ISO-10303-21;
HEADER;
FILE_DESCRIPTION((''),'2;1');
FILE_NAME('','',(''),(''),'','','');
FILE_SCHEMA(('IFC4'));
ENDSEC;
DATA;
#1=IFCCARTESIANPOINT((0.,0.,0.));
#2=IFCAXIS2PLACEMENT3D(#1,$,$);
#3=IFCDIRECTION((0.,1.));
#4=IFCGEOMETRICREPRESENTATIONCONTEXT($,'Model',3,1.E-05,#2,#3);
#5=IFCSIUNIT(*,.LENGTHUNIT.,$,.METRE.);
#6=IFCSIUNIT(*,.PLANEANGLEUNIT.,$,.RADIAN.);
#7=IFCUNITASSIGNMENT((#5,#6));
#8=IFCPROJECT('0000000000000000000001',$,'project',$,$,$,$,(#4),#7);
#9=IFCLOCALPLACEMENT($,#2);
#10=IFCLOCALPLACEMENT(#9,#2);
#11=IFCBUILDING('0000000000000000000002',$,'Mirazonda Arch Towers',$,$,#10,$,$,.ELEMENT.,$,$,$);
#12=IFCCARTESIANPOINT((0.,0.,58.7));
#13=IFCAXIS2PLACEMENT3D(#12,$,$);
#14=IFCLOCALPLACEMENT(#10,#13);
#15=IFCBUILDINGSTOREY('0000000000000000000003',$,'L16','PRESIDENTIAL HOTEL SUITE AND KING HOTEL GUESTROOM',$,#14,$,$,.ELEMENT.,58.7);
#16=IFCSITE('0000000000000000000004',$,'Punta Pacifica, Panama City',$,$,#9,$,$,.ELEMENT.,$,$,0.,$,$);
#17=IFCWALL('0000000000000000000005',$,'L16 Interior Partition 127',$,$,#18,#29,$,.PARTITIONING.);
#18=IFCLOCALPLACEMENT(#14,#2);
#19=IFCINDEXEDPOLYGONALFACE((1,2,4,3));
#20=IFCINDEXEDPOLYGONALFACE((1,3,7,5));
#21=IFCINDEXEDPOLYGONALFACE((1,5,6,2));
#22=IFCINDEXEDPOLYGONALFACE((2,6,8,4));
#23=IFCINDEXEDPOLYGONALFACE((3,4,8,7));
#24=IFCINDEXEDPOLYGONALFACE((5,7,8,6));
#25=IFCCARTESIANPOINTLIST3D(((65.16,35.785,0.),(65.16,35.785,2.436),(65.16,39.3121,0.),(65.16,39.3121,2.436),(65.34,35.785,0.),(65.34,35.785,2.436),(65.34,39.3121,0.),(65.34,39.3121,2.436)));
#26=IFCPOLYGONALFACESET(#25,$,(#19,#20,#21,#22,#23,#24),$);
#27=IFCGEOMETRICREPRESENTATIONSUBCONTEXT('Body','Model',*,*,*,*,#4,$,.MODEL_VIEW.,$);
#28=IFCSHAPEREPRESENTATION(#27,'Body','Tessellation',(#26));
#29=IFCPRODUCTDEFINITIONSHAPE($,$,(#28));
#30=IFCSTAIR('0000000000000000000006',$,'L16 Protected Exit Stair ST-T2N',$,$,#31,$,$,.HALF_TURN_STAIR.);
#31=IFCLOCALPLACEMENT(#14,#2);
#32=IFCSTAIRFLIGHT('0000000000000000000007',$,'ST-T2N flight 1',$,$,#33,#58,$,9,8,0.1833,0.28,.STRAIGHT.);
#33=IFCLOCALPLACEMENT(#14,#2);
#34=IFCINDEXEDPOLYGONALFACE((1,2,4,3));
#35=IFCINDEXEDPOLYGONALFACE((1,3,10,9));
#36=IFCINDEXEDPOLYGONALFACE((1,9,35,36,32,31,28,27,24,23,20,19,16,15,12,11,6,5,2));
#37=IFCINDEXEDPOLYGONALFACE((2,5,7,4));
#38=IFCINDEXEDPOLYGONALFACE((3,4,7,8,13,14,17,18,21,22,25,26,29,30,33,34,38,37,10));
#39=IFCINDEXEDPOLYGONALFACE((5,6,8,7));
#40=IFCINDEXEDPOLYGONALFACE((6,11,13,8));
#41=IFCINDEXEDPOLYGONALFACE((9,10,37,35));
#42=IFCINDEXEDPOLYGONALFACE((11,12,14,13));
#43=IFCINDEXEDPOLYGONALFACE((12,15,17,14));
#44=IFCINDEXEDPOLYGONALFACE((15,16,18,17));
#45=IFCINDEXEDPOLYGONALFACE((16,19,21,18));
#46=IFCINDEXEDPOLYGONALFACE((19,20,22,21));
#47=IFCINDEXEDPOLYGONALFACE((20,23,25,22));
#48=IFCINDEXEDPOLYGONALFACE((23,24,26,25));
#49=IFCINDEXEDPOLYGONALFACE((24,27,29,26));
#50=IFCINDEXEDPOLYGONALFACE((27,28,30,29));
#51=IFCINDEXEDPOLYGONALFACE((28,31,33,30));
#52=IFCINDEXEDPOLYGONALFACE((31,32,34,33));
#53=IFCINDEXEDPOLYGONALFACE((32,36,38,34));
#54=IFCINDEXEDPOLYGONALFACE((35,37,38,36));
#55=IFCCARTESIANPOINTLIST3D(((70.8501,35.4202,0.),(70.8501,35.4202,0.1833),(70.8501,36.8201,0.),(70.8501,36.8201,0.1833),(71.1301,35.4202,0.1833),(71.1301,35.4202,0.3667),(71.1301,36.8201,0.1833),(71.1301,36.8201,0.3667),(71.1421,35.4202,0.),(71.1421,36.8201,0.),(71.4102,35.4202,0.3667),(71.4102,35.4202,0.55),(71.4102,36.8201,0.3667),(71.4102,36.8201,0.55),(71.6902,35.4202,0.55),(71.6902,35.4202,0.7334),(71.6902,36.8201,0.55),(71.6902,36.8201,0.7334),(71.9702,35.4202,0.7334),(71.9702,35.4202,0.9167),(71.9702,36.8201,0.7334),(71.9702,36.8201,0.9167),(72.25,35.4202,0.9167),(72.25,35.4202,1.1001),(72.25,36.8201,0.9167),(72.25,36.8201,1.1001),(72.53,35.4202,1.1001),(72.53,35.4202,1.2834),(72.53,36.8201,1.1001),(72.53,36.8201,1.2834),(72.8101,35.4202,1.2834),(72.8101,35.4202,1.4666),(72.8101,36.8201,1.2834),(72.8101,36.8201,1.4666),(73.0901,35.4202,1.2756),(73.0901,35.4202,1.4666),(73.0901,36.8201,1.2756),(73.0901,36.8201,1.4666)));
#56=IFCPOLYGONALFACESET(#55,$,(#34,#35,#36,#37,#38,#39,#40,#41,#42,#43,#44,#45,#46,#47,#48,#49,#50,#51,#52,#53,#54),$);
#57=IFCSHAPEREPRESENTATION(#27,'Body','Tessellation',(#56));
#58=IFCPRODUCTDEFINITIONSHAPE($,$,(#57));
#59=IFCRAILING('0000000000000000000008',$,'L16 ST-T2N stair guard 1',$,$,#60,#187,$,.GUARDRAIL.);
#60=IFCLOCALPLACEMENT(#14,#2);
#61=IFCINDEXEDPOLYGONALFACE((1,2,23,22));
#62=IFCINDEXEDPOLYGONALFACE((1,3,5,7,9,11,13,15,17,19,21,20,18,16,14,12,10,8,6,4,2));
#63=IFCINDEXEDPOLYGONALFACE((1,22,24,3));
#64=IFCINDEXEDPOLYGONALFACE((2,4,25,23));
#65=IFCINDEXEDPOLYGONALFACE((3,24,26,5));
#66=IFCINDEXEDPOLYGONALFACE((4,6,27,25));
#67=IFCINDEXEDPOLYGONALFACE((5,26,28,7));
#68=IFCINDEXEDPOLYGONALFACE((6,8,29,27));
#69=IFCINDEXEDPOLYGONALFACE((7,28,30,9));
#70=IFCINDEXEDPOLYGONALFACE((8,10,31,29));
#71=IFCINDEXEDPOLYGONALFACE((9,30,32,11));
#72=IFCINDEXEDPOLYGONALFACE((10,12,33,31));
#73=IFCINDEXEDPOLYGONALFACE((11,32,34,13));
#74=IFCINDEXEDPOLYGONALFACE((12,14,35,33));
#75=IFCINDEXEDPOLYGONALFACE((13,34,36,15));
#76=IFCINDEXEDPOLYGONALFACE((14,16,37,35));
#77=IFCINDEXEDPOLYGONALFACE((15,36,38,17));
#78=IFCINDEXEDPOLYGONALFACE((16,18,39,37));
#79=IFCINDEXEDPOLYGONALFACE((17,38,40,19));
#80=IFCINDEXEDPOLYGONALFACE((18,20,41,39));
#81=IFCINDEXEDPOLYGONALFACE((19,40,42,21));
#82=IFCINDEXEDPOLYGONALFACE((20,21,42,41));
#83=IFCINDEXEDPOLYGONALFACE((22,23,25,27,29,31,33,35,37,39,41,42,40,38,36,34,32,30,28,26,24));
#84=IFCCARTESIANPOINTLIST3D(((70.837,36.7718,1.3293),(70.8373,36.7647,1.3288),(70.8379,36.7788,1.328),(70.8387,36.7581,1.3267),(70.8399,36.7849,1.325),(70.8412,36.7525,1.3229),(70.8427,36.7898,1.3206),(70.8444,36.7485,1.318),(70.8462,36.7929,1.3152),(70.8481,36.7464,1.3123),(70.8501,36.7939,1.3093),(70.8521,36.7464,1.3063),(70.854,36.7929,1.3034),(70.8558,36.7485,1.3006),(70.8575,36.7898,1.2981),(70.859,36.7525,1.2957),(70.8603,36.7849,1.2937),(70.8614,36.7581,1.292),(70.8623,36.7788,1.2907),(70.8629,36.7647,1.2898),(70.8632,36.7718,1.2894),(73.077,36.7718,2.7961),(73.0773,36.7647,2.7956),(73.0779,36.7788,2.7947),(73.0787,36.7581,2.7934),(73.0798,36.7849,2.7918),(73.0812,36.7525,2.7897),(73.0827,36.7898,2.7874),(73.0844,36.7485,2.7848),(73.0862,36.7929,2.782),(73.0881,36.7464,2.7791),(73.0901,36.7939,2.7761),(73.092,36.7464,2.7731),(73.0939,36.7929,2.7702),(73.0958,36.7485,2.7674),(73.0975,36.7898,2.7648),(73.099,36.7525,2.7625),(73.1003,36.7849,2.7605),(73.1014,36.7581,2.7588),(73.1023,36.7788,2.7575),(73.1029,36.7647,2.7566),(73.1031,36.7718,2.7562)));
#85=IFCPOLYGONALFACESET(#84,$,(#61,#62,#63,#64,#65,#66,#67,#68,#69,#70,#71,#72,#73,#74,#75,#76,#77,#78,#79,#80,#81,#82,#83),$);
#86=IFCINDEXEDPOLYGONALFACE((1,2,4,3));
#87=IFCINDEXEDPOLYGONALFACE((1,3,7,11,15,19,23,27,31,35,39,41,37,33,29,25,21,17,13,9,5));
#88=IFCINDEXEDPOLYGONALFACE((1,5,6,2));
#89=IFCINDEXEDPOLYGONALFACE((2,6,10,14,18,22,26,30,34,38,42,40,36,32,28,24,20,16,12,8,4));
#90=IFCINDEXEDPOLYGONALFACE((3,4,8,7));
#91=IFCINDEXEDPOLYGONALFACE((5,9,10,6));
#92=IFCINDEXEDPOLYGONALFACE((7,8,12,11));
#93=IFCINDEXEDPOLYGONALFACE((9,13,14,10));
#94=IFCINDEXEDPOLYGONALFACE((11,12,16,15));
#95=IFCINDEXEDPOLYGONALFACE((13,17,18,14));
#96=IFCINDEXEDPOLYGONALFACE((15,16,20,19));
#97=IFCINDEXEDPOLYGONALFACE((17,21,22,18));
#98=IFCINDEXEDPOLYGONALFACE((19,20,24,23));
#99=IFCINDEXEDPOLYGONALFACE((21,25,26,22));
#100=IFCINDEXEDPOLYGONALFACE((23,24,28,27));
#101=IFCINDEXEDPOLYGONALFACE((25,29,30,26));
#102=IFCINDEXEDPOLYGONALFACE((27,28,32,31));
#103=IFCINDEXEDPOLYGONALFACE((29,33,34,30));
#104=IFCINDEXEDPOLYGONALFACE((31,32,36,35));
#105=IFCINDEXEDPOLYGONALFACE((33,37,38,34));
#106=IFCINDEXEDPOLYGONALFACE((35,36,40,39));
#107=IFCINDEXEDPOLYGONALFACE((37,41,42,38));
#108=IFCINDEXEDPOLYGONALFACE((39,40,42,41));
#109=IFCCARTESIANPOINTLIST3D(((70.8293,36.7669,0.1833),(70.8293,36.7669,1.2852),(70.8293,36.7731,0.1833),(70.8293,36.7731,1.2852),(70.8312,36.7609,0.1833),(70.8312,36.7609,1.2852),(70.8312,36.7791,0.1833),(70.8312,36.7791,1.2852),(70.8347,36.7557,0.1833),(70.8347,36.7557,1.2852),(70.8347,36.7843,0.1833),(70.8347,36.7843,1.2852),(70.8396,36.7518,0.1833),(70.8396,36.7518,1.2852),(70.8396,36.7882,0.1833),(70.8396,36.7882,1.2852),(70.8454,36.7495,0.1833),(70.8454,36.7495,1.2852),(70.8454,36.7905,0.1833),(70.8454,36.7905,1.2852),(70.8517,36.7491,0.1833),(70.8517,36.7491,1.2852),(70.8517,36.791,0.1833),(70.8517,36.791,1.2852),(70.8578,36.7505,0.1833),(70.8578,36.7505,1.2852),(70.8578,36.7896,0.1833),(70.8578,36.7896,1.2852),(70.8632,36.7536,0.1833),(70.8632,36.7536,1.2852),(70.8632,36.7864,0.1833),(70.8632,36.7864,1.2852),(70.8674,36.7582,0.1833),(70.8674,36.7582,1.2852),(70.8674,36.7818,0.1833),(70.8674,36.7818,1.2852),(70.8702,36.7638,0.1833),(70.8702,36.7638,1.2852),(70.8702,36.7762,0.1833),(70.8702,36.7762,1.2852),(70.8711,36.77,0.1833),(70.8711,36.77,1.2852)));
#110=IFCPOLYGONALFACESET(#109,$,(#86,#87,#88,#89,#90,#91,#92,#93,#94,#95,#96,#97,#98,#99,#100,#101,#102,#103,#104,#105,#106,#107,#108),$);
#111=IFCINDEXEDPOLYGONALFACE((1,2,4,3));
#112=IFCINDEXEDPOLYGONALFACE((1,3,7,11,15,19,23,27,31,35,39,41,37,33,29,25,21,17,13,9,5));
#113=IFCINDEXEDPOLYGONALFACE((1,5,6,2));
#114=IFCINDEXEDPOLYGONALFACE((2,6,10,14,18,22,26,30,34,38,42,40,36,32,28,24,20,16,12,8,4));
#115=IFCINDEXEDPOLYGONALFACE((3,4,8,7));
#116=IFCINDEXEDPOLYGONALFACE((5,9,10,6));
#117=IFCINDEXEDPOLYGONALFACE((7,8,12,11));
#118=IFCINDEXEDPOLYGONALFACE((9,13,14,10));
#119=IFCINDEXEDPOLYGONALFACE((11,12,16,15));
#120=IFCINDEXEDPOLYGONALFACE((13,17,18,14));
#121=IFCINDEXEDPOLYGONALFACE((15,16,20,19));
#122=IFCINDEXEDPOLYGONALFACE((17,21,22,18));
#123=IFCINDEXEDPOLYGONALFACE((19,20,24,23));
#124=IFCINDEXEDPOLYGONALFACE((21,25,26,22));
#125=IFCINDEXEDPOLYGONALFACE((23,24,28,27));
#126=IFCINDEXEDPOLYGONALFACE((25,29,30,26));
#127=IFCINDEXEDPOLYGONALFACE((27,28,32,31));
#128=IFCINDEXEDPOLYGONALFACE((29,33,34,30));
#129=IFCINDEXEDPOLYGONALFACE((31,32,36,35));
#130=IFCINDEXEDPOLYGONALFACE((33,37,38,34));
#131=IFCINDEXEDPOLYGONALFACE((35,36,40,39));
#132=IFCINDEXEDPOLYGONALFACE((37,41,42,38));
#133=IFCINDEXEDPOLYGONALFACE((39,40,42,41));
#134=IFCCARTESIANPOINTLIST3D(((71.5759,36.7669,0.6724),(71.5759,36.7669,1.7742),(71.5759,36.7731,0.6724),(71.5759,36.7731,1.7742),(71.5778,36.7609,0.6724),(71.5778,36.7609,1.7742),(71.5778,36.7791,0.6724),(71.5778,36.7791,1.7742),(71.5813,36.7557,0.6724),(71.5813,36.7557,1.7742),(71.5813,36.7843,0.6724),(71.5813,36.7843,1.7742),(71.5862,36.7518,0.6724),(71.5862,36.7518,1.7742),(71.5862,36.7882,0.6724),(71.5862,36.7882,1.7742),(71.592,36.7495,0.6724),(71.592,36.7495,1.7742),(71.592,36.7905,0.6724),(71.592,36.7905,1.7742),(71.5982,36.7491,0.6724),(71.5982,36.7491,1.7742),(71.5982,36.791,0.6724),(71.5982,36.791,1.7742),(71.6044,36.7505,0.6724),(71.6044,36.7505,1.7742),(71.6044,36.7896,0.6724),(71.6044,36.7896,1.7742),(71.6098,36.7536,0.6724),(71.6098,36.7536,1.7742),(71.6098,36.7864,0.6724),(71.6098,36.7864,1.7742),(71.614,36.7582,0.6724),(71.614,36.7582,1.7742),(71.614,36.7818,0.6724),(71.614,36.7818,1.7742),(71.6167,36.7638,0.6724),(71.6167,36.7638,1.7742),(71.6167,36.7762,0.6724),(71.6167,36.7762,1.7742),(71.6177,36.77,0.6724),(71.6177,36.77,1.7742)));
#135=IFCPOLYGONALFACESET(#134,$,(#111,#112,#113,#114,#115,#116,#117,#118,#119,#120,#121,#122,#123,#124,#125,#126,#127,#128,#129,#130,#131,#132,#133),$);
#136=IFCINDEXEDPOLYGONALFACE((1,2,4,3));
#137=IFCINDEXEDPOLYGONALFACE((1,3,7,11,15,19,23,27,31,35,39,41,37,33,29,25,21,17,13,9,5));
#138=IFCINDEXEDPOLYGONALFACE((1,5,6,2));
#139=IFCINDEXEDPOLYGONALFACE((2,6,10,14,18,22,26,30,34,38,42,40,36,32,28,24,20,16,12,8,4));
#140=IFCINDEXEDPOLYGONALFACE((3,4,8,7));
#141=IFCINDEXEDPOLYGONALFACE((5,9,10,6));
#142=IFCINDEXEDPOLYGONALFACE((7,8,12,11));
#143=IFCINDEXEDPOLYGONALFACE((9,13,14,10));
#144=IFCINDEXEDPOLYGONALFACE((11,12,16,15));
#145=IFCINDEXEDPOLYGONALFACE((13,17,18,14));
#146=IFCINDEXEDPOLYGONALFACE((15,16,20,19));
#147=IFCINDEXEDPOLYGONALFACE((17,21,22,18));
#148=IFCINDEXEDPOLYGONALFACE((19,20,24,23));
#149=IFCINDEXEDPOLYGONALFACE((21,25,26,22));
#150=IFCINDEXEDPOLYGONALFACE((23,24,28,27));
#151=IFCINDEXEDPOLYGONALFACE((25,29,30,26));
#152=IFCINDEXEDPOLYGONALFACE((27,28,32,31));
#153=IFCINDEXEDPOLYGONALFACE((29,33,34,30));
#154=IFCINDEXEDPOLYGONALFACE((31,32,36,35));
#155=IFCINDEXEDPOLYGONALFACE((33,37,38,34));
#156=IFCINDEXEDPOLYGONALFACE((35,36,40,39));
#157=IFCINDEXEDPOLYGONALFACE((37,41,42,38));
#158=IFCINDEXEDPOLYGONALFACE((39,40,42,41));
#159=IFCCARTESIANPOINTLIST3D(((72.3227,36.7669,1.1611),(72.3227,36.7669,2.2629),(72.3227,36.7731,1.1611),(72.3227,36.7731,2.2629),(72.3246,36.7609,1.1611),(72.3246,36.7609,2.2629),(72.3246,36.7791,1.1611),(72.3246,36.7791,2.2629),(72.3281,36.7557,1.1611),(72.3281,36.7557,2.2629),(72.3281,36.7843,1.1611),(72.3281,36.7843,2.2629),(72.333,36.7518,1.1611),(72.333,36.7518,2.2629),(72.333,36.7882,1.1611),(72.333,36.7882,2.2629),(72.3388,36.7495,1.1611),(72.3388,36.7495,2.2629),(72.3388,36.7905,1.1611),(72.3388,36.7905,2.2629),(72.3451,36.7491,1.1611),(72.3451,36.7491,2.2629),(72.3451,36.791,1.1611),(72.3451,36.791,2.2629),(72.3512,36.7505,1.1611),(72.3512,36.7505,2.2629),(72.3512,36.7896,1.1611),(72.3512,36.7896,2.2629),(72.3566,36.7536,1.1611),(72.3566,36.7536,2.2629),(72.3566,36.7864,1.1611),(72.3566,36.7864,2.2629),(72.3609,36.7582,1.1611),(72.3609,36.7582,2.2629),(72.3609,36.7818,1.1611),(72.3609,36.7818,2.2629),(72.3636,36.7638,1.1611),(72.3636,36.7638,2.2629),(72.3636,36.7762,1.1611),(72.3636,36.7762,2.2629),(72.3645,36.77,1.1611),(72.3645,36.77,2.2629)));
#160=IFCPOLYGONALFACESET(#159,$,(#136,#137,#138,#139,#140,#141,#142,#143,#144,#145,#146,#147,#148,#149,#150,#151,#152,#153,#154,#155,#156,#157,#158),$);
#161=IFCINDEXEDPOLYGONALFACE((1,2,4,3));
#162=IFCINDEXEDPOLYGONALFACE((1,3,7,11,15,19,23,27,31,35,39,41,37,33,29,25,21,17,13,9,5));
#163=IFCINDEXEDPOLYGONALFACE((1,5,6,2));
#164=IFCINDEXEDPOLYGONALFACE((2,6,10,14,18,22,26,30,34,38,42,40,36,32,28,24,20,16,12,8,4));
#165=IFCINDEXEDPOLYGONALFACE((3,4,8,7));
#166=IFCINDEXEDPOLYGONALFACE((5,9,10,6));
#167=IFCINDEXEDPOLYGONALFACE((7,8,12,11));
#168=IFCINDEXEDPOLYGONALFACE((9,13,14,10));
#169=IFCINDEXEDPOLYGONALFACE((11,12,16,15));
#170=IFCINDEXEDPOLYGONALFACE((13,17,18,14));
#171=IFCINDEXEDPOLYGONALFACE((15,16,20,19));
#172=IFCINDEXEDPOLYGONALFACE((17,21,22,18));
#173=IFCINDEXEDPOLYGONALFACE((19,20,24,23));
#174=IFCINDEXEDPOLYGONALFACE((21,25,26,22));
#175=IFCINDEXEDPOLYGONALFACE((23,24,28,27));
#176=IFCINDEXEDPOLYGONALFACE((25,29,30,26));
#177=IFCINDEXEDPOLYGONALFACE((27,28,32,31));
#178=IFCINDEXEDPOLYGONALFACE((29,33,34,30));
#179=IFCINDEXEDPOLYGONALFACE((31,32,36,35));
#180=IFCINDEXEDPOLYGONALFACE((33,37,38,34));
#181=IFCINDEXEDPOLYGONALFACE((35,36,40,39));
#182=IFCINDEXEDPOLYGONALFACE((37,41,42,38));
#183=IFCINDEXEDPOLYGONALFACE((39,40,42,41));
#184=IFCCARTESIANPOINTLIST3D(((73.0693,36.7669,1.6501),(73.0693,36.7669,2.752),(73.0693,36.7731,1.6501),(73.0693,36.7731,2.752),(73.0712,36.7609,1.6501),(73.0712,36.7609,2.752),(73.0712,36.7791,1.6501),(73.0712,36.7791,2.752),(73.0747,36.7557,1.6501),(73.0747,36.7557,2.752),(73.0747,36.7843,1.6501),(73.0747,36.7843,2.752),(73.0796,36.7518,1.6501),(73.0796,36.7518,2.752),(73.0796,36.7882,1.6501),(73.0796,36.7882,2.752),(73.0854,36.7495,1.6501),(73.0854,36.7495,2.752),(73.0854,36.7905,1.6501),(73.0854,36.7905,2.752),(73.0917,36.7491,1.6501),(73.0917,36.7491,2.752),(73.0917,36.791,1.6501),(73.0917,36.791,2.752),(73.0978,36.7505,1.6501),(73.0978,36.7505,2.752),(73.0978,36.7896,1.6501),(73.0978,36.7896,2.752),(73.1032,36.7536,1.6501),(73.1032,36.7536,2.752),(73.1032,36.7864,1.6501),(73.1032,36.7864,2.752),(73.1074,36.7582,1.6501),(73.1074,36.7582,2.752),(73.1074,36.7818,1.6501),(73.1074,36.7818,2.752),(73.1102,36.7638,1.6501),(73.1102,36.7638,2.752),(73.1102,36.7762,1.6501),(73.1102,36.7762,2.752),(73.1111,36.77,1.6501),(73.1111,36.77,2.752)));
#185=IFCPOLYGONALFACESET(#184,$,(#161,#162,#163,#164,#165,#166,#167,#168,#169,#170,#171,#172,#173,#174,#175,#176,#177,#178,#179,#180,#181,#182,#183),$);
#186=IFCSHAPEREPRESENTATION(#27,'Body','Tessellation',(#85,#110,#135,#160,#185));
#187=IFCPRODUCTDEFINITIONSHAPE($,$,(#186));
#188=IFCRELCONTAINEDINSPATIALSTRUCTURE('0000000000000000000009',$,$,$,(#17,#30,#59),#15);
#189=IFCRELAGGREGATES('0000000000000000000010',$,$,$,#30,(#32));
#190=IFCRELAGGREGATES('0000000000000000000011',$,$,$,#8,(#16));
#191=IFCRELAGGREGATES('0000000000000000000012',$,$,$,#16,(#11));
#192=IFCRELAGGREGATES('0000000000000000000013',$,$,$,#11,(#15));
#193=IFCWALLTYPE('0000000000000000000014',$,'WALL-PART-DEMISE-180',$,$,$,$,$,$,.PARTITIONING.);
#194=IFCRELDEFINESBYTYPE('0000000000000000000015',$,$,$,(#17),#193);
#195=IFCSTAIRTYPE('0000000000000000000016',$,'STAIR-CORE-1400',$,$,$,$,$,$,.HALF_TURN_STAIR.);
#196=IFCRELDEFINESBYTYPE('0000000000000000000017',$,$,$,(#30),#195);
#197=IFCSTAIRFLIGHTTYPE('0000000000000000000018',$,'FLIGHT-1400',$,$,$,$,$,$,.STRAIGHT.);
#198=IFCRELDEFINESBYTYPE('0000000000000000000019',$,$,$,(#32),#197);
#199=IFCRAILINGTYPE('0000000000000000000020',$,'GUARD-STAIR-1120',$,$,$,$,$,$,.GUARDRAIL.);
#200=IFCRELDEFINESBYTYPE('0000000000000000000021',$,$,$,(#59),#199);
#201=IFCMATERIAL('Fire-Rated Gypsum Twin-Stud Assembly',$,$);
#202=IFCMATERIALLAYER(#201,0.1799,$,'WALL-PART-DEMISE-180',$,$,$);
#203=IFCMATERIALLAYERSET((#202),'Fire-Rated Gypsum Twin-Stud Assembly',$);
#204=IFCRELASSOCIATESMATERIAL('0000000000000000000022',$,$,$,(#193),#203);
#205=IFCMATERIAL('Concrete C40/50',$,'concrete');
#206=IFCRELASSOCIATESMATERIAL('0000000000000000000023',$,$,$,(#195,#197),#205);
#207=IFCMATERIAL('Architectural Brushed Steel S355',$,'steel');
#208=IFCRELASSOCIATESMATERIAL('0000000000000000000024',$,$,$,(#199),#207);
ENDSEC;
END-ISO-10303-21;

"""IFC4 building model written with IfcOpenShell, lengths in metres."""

from ifc_helpers import new_model, si_unit, direction, frame, frame_2d, origin, origin_2d, place, context, subcontext, project, spatial, polyline, rectangle, circle, outline, extrude, material, layer, layer_set, type_object, element, aggregate, save


model = new_model("IFC4")

# Units and contexts
model_context = context("Model", 3, precision=1e-05, world=origin(), true_north=direction((0.0, 1.0)))
body_context = subcontext(model_context, "Body", "Model", "MODEL_VIEW")
ifc_project = project(units=[si_unit("LENGTHUNIT", "METRE"), si_unit("PLANEANGLEUNIT", "RADIAN")], contexts=[model_context])

# Site, building, storey
site_placement = place(None, origin())
site = spatial("IfcSite", under=ifc_project, at=site_placement, Name="Punta Pacifica, Panama City", CompositionType="ELEMENT", RefElevation=0.0)
building_placement = place(site_placement, origin())
building = spatial("IfcBuilding", under=site, at=building_placement, Name="Mirazonda Arch Towers", CompositionType="ELEMENT")
storey_placement = place(building_placement, frame((0.0, 0.0, 58.7)))
storey = spatial("IfcBuildingStorey", under=building, at=storey_placement, Name="L16", Description="PRESIDENTIAL HOTEL SUITE AND KING HOTEL GUESTROOM", CompositionType="ELEMENT", Elevation=58.7)

# Wall
ifc_material_1 = material(Name="Fire-Rated Gypsum Twin-Stud Assembly")
ifc_layer_1 = layer(ifc_material_1, 0.1799, Name="WALL-PART-DEMISE-180")
ifc_layer_set_1 = layer_set([ifc_layer_1], Name="Fire-Rated Gypsum Twin-Stud Assembly")
wall_type_1 = type_object("IfcWallType", Name="WALL-PART-DEMISE-180", PredefinedType="PARTITIONING", material=ifc_layer_set_1)
wall_1_placement = place(storey_placement, frame((65.25, 35.7849, 0.0), z_axis=(0.0, 0.0, 1.0), x_axis=(0.0, 1.0, 0.0)))
element("IfcWall", 1, at=wall_1_placement, inside=storey, type_object=wall_type_1, Name="L16 Interior Partition 127", PredefinedType="PARTITIONING", context=body_context, shape_type="SweptSolid", body=[
    extrude(rectangle(XDim=3.5271, YDim=0.1799, at=frame_2d((1.7637, 0.0))), origin(), (0.0, 0.0, 1.0), 2.436),
])

# Stair, stair flight
ifc_material_2 = material(Name="Concrete C40/50", Category="concrete")
stair_type = type_object("IfcStairType", Name="STAIR-CORE-1400", PredefinedType="HALF_TURN_STAIR", material=ifc_material_2)
stair_placement = place(storey_placement, origin())
stair = element("IfcStair", 2, at=stair_placement, inside=storey, type_object=stair_type, Name="L16 Protected Exit Stair ST-T2N", PredefinedType="HALF_TURN_STAIR")
stair_flight_type = type_object("IfcStairFlightType", Name="FLIGHT-1400", PredefinedType="STRAIGHT", material=ifc_material_2)
stair_flight_placement = place(storey_placement, frame((70.8501, 36.1201, 0.0), z_axis=(0.0, 0.0, 1.0), x_axis=(1.0, 0.0, 0.0)))
stair_flight = element("IfcStairFlight", 3, at=stair_flight_placement, type_object=stair_flight_type, Name="ST-T2N flight 1", NumberOfRisers=9, NumberOfTreads=8, PredefinedType="STRAIGHT", RiserHeight=0.1833, TreadLength=0.28, context=body_context, shape_type="SweptSolid", body=[
    extrude(outline(polyline([(0.0, 0.0), (0.0, 0.1833), (0.28, 0.1833), (0.28, 0.3667), (0.5601, 0.3667), (0.5601, 0.55), (0.8401, 0.55), (0.8401, 0.7334), (1.1201, 0.7334), (1.1201, 0.9167), (1.3999, 0.9167), (1.3999, 1.1001), (1.6799, 1.1001), (1.6799, 1.2834), (1.96, 1.2834), (1.96, 1.4666), (2.24, 1.4666), (2.24, 1.6499), (2.24, 1.2756), (0.292, 0.0), (0.0, 0.0)])), frame((0.0, 0.7, 0.0), z_axis=(0.0, -1.0, 0.0), x_axis=(1.0, 0.0, 0.0)), (0.0, 0.0, 1.0), 1.3999),
])
aggregate(stair, [stair_flight])

# Railing
ifc_material_3 = material(Name="Architectural Brushed Steel S355", Category="steel")
railing_type = type_object("IfcRailingType", Name="GUARD-STAIR-1120", PredefinedType="GUARDRAIL", material=ifc_material_3)
railing_1_placement = place(storey_placement, frame((70.8501, 36.77, 0.1833)))
element("IfcRailing", 4, at=railing_1_placement, inside=storey, type_object=railing_type, Name="L16 ST-T2N stair guard 1", PredefinedType="GUARDRAIL", context=body_context, shape_type="SweptSolid", body=[
    extrude(circle(Radius=0.0239, at=origin_2d()), frame((0.0, 0.0, 1.126), z_axis=(0.836595, 0.0, 0.547822), x_axis=(0.0, 1.0, 0.0)), (0.0, 0.0, 1.0), 2.6775),
    extrude(circle(Radius=0.021, at=origin_2d()), origin(), (0.0, 0.0, 1.0), 1.1018),
    extrude(circle(Radius=0.021, at=origin_2d()), frame((0.7466, 0.0, 0.489)), (0.0, 0.0, 1.0), 1.1018),
    extrude(circle(Radius=0.021, at=origin_2d()), frame((1.4934, 0.0, 0.9778)), (0.0, 0.0, 1.0), 1.1018),
    extrude(circle(Radius=0.021, at=origin_2d()), frame((2.24, 0.0, 1.4668)), (0.0, 0.0, 1.0), 1.1018),
])

save(model, "model.ifc")
